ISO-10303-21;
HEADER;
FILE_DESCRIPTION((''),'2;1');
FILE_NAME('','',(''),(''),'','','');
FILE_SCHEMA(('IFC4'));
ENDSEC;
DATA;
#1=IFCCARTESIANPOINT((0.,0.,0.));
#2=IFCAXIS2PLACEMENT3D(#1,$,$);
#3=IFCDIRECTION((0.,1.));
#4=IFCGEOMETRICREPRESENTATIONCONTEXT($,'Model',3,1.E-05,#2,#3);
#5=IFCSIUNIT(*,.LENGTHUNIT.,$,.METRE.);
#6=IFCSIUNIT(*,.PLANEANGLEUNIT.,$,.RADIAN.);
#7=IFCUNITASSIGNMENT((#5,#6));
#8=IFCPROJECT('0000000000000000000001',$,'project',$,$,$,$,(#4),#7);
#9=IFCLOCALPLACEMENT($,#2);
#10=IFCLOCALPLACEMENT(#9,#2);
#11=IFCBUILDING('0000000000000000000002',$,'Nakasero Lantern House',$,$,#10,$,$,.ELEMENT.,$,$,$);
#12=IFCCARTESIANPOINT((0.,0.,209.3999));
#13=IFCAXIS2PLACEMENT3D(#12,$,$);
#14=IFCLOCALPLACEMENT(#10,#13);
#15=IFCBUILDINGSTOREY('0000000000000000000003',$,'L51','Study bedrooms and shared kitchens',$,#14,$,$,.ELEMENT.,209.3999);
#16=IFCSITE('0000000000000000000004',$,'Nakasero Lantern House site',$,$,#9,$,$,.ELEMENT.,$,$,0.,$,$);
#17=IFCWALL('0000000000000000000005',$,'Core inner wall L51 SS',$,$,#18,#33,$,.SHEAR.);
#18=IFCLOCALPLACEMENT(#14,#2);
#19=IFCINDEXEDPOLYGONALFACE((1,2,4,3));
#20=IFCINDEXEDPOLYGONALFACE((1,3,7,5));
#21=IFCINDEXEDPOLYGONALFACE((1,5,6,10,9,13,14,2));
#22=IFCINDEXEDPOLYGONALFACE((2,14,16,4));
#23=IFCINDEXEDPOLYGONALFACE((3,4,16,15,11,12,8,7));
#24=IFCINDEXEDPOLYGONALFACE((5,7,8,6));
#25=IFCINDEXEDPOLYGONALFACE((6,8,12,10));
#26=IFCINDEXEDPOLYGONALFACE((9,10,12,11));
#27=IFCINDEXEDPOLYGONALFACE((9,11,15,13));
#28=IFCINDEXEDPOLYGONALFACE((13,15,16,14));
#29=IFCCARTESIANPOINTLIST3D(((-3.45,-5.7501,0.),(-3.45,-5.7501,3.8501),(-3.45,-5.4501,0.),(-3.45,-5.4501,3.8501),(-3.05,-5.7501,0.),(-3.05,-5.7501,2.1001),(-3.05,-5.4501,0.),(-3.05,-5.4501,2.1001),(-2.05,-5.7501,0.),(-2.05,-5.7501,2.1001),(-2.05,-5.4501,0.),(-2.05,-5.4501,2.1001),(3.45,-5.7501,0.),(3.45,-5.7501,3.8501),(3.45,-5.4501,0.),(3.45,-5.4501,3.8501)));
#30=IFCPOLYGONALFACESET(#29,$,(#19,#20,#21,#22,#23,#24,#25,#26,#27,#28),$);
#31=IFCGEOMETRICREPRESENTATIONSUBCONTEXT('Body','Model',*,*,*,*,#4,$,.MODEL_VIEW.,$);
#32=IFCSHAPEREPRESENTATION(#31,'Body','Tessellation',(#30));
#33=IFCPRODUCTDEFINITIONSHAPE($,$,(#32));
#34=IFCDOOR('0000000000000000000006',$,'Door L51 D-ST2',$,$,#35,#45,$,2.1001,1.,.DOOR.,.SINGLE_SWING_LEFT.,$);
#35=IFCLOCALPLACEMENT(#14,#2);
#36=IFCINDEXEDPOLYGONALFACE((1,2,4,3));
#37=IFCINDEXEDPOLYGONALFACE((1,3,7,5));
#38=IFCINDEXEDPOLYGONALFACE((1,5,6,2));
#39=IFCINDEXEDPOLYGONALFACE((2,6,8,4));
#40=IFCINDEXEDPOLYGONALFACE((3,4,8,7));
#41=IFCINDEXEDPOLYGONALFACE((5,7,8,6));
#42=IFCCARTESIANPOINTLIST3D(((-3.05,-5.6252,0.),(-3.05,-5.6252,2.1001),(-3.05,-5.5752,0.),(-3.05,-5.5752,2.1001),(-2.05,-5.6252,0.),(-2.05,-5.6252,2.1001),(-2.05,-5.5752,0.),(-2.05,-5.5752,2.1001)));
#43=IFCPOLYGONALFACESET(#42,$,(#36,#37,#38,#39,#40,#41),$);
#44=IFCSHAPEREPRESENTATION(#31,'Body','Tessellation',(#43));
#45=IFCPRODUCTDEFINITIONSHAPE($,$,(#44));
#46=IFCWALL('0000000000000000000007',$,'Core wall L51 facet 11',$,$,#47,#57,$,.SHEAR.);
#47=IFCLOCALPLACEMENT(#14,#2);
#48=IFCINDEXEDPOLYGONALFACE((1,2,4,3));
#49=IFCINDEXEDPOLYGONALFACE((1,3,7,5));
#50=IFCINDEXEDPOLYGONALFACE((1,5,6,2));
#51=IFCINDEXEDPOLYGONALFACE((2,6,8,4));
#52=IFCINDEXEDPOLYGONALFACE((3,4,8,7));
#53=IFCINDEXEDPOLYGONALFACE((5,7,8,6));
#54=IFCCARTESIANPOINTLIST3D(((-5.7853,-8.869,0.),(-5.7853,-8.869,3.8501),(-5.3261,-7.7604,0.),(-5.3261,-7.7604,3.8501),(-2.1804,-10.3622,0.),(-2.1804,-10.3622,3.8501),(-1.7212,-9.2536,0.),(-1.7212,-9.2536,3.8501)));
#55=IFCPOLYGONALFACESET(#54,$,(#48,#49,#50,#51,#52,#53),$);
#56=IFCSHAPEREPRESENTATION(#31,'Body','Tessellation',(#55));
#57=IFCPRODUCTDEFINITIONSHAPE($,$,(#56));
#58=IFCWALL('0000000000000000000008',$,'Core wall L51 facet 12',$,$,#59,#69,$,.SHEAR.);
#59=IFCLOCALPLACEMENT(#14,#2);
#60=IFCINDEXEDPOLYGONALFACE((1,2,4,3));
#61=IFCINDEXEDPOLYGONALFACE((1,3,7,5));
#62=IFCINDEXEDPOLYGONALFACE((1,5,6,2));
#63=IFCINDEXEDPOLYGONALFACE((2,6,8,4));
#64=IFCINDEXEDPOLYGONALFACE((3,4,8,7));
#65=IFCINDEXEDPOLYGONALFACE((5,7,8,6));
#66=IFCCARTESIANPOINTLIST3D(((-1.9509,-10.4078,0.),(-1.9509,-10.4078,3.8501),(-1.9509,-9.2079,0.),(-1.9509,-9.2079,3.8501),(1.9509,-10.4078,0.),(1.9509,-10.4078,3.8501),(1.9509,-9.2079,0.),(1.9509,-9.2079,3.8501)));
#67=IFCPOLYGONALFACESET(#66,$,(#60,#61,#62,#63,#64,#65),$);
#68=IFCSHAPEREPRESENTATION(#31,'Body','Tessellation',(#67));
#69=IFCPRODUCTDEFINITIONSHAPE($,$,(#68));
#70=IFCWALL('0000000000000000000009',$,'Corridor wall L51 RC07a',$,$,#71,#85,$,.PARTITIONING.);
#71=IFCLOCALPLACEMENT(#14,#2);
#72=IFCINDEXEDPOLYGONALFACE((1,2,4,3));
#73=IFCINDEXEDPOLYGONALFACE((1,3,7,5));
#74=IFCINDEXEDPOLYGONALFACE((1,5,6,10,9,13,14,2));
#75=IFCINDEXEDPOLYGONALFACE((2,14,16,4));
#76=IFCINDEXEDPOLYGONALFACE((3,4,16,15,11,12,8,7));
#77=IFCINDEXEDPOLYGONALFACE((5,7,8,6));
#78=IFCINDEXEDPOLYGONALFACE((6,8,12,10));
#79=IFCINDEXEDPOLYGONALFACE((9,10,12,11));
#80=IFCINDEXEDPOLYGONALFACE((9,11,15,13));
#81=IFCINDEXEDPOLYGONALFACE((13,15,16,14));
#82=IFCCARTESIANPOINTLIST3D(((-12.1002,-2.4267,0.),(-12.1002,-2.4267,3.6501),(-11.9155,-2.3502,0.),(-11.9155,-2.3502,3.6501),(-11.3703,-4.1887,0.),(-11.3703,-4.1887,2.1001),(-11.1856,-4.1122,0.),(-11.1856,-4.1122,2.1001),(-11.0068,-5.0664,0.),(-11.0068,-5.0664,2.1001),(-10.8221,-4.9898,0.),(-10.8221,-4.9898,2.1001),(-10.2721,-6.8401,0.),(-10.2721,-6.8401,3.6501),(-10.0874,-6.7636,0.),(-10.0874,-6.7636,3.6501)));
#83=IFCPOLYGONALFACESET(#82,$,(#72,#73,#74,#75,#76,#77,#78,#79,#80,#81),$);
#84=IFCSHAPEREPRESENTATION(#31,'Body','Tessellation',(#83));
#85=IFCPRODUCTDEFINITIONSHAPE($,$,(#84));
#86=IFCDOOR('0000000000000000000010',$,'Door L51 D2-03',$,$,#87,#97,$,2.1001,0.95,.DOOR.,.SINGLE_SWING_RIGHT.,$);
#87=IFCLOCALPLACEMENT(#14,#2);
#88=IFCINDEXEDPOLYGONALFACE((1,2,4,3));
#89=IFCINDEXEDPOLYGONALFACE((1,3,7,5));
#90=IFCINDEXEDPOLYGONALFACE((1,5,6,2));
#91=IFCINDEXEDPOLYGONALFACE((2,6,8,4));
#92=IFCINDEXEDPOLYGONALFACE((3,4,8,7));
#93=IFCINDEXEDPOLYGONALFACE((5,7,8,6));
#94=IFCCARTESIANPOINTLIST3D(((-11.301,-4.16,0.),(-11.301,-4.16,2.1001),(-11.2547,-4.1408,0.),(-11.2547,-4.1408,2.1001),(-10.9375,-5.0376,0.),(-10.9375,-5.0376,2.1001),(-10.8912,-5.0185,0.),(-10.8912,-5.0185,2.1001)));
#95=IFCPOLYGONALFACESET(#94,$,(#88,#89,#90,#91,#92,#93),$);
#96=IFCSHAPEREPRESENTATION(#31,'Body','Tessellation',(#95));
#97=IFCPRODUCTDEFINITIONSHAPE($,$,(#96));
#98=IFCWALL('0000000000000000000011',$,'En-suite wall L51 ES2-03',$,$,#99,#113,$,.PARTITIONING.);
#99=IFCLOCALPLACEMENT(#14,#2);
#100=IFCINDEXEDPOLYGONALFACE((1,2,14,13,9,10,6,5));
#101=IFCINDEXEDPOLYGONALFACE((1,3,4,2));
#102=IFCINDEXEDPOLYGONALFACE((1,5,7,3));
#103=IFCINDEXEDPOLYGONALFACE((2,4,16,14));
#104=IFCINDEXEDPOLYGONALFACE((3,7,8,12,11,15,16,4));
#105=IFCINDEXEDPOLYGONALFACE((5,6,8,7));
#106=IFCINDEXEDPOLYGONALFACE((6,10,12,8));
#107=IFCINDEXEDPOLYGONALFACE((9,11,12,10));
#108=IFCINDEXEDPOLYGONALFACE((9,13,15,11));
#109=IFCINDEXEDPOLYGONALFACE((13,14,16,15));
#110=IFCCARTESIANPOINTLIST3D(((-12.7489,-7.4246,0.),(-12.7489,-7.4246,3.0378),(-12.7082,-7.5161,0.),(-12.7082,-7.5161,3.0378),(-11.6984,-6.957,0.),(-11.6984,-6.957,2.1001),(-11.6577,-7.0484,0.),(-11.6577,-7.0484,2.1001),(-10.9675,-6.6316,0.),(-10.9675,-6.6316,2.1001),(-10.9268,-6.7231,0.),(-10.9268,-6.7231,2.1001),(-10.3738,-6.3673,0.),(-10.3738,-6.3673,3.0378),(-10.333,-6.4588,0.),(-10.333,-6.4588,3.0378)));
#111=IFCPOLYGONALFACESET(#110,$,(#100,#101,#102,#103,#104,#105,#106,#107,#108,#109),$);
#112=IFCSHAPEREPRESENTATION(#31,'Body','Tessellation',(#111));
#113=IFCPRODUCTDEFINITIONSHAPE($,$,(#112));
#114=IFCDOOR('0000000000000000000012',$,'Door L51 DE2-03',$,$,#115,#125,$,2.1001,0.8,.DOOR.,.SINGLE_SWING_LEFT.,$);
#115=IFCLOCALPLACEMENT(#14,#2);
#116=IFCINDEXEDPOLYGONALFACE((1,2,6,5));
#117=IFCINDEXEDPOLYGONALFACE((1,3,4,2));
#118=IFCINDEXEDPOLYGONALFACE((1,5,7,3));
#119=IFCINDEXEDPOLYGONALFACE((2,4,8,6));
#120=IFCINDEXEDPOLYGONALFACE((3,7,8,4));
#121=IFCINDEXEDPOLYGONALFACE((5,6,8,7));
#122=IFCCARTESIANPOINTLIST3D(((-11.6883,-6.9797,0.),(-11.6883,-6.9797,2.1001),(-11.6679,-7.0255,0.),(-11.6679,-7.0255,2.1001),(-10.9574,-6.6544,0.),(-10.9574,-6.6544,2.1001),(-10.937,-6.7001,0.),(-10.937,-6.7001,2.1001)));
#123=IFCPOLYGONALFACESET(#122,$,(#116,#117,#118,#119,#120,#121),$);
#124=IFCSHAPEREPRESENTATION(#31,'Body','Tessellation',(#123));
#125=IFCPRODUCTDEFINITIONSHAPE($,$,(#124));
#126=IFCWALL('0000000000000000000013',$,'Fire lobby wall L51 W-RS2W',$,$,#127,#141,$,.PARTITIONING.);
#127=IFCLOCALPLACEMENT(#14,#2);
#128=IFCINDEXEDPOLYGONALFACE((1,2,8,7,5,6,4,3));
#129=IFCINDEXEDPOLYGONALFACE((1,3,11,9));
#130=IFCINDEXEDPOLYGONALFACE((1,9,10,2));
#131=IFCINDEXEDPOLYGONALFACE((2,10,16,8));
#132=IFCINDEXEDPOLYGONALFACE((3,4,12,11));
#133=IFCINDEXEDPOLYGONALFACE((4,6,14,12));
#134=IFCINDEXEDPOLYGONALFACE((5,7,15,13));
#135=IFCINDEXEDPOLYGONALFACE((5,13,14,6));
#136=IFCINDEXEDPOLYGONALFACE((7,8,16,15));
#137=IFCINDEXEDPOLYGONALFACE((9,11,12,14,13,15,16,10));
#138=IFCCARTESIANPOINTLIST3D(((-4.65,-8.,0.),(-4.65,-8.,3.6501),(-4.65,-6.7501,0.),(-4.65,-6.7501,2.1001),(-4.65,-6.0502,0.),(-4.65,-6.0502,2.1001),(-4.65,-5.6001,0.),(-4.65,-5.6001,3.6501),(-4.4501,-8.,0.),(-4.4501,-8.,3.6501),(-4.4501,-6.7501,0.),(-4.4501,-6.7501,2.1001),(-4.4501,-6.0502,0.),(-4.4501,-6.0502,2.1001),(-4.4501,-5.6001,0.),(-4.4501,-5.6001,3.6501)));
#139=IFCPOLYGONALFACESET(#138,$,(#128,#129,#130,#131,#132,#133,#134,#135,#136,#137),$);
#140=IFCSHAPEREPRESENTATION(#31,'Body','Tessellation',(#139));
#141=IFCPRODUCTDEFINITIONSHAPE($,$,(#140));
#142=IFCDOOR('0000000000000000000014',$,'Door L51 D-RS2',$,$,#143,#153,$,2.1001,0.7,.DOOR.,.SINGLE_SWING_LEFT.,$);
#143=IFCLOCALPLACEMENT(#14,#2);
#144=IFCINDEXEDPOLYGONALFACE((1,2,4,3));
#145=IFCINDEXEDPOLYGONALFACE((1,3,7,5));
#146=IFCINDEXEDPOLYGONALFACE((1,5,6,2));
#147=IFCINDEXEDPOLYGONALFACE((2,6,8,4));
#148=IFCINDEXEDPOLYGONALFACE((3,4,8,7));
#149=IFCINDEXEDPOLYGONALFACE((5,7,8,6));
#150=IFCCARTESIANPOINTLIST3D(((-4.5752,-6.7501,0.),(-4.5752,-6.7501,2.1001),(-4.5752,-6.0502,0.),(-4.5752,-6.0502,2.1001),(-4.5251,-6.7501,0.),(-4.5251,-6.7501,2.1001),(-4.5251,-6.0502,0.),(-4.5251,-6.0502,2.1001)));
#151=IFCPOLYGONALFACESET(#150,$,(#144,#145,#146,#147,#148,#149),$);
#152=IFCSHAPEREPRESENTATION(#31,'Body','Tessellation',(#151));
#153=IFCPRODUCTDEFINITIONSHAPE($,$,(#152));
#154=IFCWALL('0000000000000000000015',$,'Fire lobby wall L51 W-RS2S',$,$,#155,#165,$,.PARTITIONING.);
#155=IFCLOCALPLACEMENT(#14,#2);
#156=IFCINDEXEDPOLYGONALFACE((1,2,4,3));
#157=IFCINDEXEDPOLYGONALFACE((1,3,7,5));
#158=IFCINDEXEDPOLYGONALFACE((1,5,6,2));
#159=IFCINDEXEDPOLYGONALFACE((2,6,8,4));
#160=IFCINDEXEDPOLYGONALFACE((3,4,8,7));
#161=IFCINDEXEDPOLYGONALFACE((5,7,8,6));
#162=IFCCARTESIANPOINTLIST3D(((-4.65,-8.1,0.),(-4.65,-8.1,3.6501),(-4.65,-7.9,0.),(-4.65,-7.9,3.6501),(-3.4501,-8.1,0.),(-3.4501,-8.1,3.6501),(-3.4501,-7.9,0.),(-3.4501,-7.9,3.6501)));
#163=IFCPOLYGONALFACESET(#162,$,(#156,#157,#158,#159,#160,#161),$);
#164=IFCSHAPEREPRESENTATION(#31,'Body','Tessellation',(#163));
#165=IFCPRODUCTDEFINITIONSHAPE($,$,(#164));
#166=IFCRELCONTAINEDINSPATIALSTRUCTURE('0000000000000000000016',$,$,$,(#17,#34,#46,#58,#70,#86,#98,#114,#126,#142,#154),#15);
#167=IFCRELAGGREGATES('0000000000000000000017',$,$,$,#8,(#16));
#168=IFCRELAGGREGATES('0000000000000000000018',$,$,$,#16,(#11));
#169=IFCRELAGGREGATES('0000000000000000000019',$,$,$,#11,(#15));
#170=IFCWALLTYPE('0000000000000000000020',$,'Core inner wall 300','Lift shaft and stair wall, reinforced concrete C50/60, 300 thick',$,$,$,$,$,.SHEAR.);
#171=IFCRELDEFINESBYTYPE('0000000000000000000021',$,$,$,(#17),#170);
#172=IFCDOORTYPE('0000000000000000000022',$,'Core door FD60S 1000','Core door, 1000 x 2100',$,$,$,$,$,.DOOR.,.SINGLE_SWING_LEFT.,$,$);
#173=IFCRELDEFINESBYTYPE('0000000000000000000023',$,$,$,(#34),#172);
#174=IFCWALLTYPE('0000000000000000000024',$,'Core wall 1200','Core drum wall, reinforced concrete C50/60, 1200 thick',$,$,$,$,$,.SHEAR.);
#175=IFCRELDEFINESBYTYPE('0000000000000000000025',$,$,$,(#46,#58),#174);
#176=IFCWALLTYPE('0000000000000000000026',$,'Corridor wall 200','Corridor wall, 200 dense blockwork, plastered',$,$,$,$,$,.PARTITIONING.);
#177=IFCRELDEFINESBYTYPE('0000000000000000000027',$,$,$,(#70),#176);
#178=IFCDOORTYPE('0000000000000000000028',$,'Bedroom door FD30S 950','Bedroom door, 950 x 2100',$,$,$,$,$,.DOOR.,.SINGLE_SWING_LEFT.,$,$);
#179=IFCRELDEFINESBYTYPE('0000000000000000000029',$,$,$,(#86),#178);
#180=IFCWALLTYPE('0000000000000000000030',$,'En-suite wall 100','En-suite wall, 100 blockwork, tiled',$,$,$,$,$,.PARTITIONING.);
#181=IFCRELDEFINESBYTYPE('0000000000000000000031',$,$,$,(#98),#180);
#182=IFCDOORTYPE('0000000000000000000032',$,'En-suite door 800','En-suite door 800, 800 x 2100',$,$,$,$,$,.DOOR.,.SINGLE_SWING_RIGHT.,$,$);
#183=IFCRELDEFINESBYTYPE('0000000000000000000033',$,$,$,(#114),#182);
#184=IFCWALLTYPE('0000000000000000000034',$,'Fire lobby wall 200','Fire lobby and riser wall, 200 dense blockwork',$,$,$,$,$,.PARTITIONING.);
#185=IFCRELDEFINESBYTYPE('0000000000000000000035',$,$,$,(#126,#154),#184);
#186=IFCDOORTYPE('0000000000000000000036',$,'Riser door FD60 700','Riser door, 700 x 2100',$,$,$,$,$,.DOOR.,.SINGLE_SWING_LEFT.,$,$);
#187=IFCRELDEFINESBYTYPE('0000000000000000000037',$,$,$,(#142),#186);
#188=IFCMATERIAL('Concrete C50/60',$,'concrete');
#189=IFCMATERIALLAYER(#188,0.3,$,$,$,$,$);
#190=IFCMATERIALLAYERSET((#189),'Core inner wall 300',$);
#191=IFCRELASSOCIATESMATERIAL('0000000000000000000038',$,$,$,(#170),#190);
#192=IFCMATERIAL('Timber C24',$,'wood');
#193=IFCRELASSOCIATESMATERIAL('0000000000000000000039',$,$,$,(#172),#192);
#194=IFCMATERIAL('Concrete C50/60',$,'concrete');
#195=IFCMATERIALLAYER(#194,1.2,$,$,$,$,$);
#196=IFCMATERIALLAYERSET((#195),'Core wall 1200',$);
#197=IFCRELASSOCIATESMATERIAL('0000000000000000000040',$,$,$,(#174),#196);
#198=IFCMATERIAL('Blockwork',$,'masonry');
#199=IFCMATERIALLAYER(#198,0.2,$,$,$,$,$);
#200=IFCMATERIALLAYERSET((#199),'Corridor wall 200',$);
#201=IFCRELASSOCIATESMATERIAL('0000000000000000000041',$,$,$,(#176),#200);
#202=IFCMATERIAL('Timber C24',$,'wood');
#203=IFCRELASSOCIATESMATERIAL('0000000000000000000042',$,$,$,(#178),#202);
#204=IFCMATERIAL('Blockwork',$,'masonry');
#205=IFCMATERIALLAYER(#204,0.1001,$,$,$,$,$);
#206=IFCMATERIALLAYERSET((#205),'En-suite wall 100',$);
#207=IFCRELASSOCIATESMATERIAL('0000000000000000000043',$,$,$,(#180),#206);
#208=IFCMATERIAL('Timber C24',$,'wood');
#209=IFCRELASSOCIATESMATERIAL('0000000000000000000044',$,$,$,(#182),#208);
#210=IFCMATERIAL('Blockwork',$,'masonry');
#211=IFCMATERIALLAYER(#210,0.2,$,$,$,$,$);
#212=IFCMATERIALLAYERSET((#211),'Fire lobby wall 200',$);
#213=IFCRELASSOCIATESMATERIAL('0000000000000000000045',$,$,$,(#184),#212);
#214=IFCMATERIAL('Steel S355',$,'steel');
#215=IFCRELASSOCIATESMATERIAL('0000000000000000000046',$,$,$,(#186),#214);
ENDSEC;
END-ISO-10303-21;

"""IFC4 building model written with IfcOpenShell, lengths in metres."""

from ifc_helpers import new_model, si_unit, direction, frame, frame_2d, origin, place, context, subcontext, project, spatial, rectangle, extrude, material, layer, layer_set, type_object, element, fill, save


model = new_model("IFC4")

# Units and contexts
model_context = context("Model", 3, precision=1e-05, world=origin(), true_north=direction((0.0, 1.0)))
body_context = subcontext(model_context, "Body", "Model", "MODEL_VIEW")
ifc_project = project(units=[si_unit("LENGTHUNIT", "METRE"), si_unit("PLANEANGLEUNIT", "RADIAN")], contexts=[model_context])

# Site, building, storey
site_placement = place(None, origin())
site = spatial("IfcSite", under=ifc_project, at=site_placement, Name="Nakasero Lantern House site", CompositionType="ELEMENT", RefElevation=0.0)
building_placement = place(site_placement, origin())
building = spatial("IfcBuilding", under=site, at=building_placement, Name="Nakasero Lantern House", CompositionType="ELEMENT")
storey_placement = place(building_placement, frame((0.0, 0.0, 209.3999)))
storey = spatial("IfcBuildingStorey", under=building, at=storey_placement, Name="L51", Description="Study bedrooms and shared kitchens", CompositionType="ELEMENT", Elevation=209.3999)

# Wall, opening, door
ifc_material_1 = material(Name="Concrete C50/60", Category="concrete")
ifc_layer_1 = layer(ifc_material_1, 0.3)
ifc_layer_set_1 = layer_set([ifc_layer_1], Name="Core inner wall 300")
wall_type_1 = type_object("IfcWallType", Name="Core inner wall 300", Description="Lift shaft and stair wall, reinforced concrete C50/60, 300 thick", PredefinedType="SHEAR", material=ifc_layer_set_1)
wall_1_placement = place(storey_placement, frame((-3.45, -5.6001, 0.0), z_axis=(0.0, 0.0, 1.0), x_axis=(1.0, 0.0, 0.0)))
wall_1 = element("IfcWall", 1, at=wall_1_placement, inside=storey, type_object=wall_type_1, Name="Core inner wall L51 SS", PredefinedType="SHEAR", context=body_context, shape_type="SweptSolid", body=[
    extrude(rectangle(XDim=6.8999, YDim=0.3, at=frame_2d((3.45, 0.0))), origin(), (0.0, 0.0, 1.0), 3.8501),
])
opening_1_placement = place(wall_1_placement, frame((0.3999, 0.0, 0.0)))
opening_1 = element("IfcOpeningElement", 2, at=opening_1_placement, cuts=wall_1, PredefinedType="OPENING", context=body_context, shape_type="SweptSolid", body=[
    extrude(rectangle(XDim=1.0, YDim=2.1001, at=frame_2d((0.5, 1.05))), frame((0.0, 0.1699, 0.0), z_axis=(0.0, -1.0, 0.0), x_axis=(1.0, 0.0, 0.0)), (0.0, 0.0, 1.0), 0.3401),
])
ifc_material_2 = material(Name="Timber C24", Category="wood")
door_type_1 = type_object("IfcDoorType", Name="Core door FD60S 1000", Description="Core door, 1000 x 2100", OperationType="SINGLE_SWING_LEFT", PredefinedType="DOOR", material=ifc_material_2)
door_1_placement = place(opening_1_placement, origin())
door_1 = element("IfcDoor", 3, at=door_1_placement, inside=storey, type_object=door_type_1, Name="Door L51 D-ST2", OperationType="SINGLE_SWING_LEFT", OverallHeight=2.1001, OverallWidth=1.0, PredefinedType="DOOR", context=body_context, shape_type="SweptSolid", body=[
    extrude(rectangle(XDim=1.0, YDim=2.1001, at=frame_2d((0.5, 1.05))), frame((0.0, 0.0249, 0.0), z_axis=(0.0, -1.0, 0.0), x_axis=(1.0, 0.0, 0.0)), (0.0, 0.0, 1.0), 0.05),
])
fill(opening_1, door_1)

# Walls
ifc_material_3 = material(Name="Concrete C50/60", Category="concrete")
ifc_layer_2 = layer(ifc_material_3, 1.2)
ifc_layer_set_2 = layer_set([ifc_layer_2], Name="Core wall 1200")
wall_type_2 = type_object("IfcWallType", Name="Core wall 1200", Description="Core drum wall, reinforced concrete C50/60, 1200 thick", PredefinedType="SHEAR", material=ifc_layer_set_2)
for number, where, z_axis, x_axis, name in (
    (4, (-5.5557, -8.3147, 0.0), (0.0, 0.0, 1.0), (0.923877, -0.382691, 0.0), "Core wall L51 facet 11"),
    (5, (-1.9509, -9.8079, 0.0), (0.0, 0.0, 1.0), (1.0, 0.0, 0.0), "Core wall L51 facet 12"),
):
    element("IfcWall", number, at=place(storey_placement, frame(where, z_axis=z_axis, x_axis=x_axis)), inside=storey, type_object=wall_type_2, Name=name, PredefinedType="SHEAR", context=body_context, shape_type="SweptSolid", body=[
        extrude(rectangle(XDim=3.9019, YDim=1.2, at=frame_2d((1.9509, 0.0))), origin(), (0.0, 0.0, 1.0), 3.8501),
    ])

# Walls, openings, doors
ifc_material_4 = material(Name="Blockwork", Category="masonry")
ifc_layer_3 = layer(ifc_material_4, 0.2)
ifc_layer_set_3 = layer_set([ifc_layer_3], Name="Corridor wall 200")
wall_type_3 = type_object("IfcWallType", Name="Corridor wall 200", Description="Corridor wall, 200 dense blockwork, plastered", PredefinedType="PARTITIONING", material=ifc_layer_set_3)
wall_2_placement = place(storey_placement, frame((-10.1797, -6.802, 0.0), z_axis=(0.0, 0.0, 1.0), x_axis=(-0.382677, 0.923882, 0.0)))
wall_2 = element("IfcWall", 6, at=wall_2_placement, inside=storey, type_object=wall_type_3, Name="Corridor wall L51 RC07a", PredefinedType="PARTITIONING", context=body_context, shape_type="SweptSolid", body=[
    extrude(rectangle(XDim=4.7771, YDim=0.2, at=frame_2d((2.3887, 0.0))), origin(), (0.0, 0.0, 1.0), 3.6501),
])
opening_2_placement = place(wall_2_placement, frame((1.9199, 0.0, 0.0)))
opening_2 = element("IfcOpeningElement", 7, at=opening_2_placement, cuts=wall_2, PredefinedType="OPENING", context=body_context, shape_type="SweptSolid", body=[
    extrude(rectangle(XDim=0.95, YDim=2.1001, at=frame_2d((0.4751, 1.05))), frame((0.0, 0.1199, 0.0), z_axis=(0.0, -1.0, 0.0), x_axis=(1.0, 0.0, 0.0)), (0.0, 0.0, 1.0), 0.24),
])
ifc_material_5 = material(Name="Timber C24", Category="wood")
door_type_2 = type_object("IfcDoorType", Name="Bedroom door FD30S 950", Description="Bedroom door, 950 x 2100", OperationType="SINGLE_SWING_LEFT", PredefinedType="DOOR", material=ifc_material_5)
door_2_placement = place(opening_2_placement, origin())
door_2 = element("IfcDoor", 8, at=door_2_placement, inside=storey, type_object=door_type_2, Name="Door L51 D2-03", OperationType="SINGLE_SWING_RIGHT", OverallHeight=2.1001, OverallWidth=0.95, PredefinedType="DOOR", context=body_context, shape_type="SweptSolid", body=[
    extrude(rectangle(XDim=0.95, YDim=2.1001, at=frame_2d((0.4751, 1.05))), frame((0.0, 0.0249, 0.0), z_axis=(0.0, -1.0, 0.0), x_axis=(1.0, 0.0, 0.0)), (0.0, 0.0, 1.0), 0.05),
])
fill(opening_2, door_2)
ifc_material_6 = material(Name="Blockwork", Category="masonry")
ifc_layer_4 = layer(ifc_material_6, 0.1001)
ifc_layer_set_4 = layer_set([ifc_layer_4], Name="En-suite wall 100")
wall_type_4 = type_object("IfcWallType", Name="En-suite wall 100", Description="En-suite wall, 100 blockwork, tiled", PredefinedType="PARTITIONING", material=ifc_layer_set_4)
wall_3_placement = place(storey_placement, frame((-10.3535, -6.4131, 0.0), z_axis=(0.0, 0.0, 1.0), x_axis=(-0.913567, -0.406687, 0.0)))
wall_3 = element("IfcWall", 9, at=wall_3_placement, inside=storey, type_object=wall_type_4, Name="En-suite wall L51 ES2-03", PredefinedType="PARTITIONING", context=body_context, shape_type="SweptSolid", body=[
    extrude(rectangle(XDim=2.5999, YDim=0.1001, at=frame_2d((1.2998, 0.0))), origin(), (0.0, 0.0, 1.0), 3.0378),
])
opening_3_placement = place(wall_3_placement, frame((0.6499, 0.0, 0.0)))
opening_3 = element("IfcOpeningElement", 10, at=opening_3_placement, cuts=wall_3, PredefinedType="OPENING", context=body_context, shape_type="SweptSolid", body=[
    extrude(rectangle(XDim=0.8, YDim=2.1001, at=frame_2d((0.3999, 1.05))), frame((0.0, 0.0701, 0.0), z_axis=(0.0, -1.0, 0.0), x_axis=(1.0, 0.0, 0.0)), (0.0, 0.0, 1.0), 0.1401),
])
ifc_material_7 = material(Name="Timber C24", Category="wood")
door_type_3 = type_object("IfcDoorType", Name="En-suite door 800", Description="En-suite door 800, 800 x 2100", OperationType="SINGLE_SWING_RIGHT", PredefinedType="DOOR", material=ifc_material_7)
door_3_placement = place(opening_3_placement, origin())
door_3 = element("IfcDoor", 11, at=door_3_placement, inside=storey, type_object=door_type_3, Name="Door L51 DE2-03", OperationType="SINGLE_SWING_LEFT", OverallHeight=2.1001, OverallWidth=0.8, PredefinedType="DOOR", context=body_context, shape_type="SweptSolid", body=[
    extrude(rectangle(XDim=0.8, YDim=2.1001, at=frame_2d((0.3999, 1.05))), frame((0.0, 0.0249, 0.0), z_axis=(0.0, -1.0, 0.0), x_axis=(1.0, 0.0, 0.0)), (0.0, 0.0, 1.0), 0.05),
])
fill(opening_3, door_3)
ifc_material_8 = material(Name="Blockwork", Category="masonry")
ifc_layer_5 = layer(ifc_material_8, 0.2)
ifc_layer_set_5 = layer_set([ifc_layer_5], Name="Fire lobby wall 200")
wall_type_5 = type_object("IfcWallType", Name="Fire lobby wall 200", Description="Fire lobby and riser wall, 200 dense blockwork", PredefinedType="PARTITIONING", material=ifc_layer_set_5)
wall_4_placement = place(storey_placement, frame((-4.55, -5.6001, 0.0), z_axis=(0.0, 0.0, 1.0), x_axis=(0.0, -1.0, 0.0)))
wall_4 = element("IfcWall", 12, at=wall_4_placement, inside=storey, type_object=wall_type_5, Name="Fire lobby wall L51 W-RS2W", PredefinedType="PARTITIONING", context=body_context, shape_type="SweptSolid", body=[
    extrude(rectangle(XDim=2.3999, YDim=0.2, at=frame_2d((1.2, 0.0))), origin(), (0.0, 0.0, 1.0), 3.6501),
])
opening_4_placement = place(wall_4_placement, frame((0.45, 0.0, 0.0)))
opening_4 = element("IfcOpeningElement", 13, at=opening_4_placement, cuts=wall_4, PredefinedType="OPENING", context=body_context, shape_type="SweptSolid", body=[
    extrude(rectangle(XDim=0.7, YDim=2.1001, at=frame_2d((0.3501, 1.05))), frame((0.0, 0.1199, 0.0), z_axis=(0.0, -1.0, 0.0), x_axis=(1.0, 0.0, 0.0)), (0.0, 0.0, 1.0), 0.24),
])
ifc_material_9 = material(Name="Steel S355", Category="steel")
door_type_4 = type_object("IfcDoorType", Name="Riser door FD60 700", Description="Riser door, 700 x 2100", OperationType="SINGLE_SWING_LEFT", PredefinedType="DOOR", material=ifc_material_9)
door_4_placement = place(opening_4_placement, origin())
door_4 = element("IfcDoor", 14, at=door_4_placement, inside=storey, type_object=door_type_4, Name="Door L51 D-RS2", OperationType="SINGLE_SWING_LEFT", OverallHeight=2.1001, OverallWidth=0.7, PredefinedType="DOOR", context=body_context, shape_type="SweptSolid", body=[
    extrude(rectangle(XDim=0.7, YDim=2.1001, at=frame_2d((0.3501, 1.05))), frame((0.0, 0.0249, 0.0), z_axis=(0.0, -1.0, 0.0), x_axis=(1.0, 0.0, 0.0)), (0.0, 0.0, 1.0), 0.05),
])
fill(opening_4, door_4)

# Wall
wall_5_placement = place(storey_placement, frame((-3.45, -8.0, 0.0), z_axis=(0.0, 0.0, 1.0), x_axis=(-1.0, 0.0, 0.0)))
element("IfcWall", 15, at=wall_5_placement, inside=storey, type_object=wall_type_5, Name="Fire lobby wall L51 W-RS2S", PredefinedType="PARTITIONING", context=body_context, shape_type="SweptSolid", body=[
    extrude(rectangle(XDim=1.2, YDim=0.2, at=frame_2d((0.6001, 0.0))), origin(), (0.0, 0.0, 1.0), 3.6501),
])

save(model, "model.ifc")
